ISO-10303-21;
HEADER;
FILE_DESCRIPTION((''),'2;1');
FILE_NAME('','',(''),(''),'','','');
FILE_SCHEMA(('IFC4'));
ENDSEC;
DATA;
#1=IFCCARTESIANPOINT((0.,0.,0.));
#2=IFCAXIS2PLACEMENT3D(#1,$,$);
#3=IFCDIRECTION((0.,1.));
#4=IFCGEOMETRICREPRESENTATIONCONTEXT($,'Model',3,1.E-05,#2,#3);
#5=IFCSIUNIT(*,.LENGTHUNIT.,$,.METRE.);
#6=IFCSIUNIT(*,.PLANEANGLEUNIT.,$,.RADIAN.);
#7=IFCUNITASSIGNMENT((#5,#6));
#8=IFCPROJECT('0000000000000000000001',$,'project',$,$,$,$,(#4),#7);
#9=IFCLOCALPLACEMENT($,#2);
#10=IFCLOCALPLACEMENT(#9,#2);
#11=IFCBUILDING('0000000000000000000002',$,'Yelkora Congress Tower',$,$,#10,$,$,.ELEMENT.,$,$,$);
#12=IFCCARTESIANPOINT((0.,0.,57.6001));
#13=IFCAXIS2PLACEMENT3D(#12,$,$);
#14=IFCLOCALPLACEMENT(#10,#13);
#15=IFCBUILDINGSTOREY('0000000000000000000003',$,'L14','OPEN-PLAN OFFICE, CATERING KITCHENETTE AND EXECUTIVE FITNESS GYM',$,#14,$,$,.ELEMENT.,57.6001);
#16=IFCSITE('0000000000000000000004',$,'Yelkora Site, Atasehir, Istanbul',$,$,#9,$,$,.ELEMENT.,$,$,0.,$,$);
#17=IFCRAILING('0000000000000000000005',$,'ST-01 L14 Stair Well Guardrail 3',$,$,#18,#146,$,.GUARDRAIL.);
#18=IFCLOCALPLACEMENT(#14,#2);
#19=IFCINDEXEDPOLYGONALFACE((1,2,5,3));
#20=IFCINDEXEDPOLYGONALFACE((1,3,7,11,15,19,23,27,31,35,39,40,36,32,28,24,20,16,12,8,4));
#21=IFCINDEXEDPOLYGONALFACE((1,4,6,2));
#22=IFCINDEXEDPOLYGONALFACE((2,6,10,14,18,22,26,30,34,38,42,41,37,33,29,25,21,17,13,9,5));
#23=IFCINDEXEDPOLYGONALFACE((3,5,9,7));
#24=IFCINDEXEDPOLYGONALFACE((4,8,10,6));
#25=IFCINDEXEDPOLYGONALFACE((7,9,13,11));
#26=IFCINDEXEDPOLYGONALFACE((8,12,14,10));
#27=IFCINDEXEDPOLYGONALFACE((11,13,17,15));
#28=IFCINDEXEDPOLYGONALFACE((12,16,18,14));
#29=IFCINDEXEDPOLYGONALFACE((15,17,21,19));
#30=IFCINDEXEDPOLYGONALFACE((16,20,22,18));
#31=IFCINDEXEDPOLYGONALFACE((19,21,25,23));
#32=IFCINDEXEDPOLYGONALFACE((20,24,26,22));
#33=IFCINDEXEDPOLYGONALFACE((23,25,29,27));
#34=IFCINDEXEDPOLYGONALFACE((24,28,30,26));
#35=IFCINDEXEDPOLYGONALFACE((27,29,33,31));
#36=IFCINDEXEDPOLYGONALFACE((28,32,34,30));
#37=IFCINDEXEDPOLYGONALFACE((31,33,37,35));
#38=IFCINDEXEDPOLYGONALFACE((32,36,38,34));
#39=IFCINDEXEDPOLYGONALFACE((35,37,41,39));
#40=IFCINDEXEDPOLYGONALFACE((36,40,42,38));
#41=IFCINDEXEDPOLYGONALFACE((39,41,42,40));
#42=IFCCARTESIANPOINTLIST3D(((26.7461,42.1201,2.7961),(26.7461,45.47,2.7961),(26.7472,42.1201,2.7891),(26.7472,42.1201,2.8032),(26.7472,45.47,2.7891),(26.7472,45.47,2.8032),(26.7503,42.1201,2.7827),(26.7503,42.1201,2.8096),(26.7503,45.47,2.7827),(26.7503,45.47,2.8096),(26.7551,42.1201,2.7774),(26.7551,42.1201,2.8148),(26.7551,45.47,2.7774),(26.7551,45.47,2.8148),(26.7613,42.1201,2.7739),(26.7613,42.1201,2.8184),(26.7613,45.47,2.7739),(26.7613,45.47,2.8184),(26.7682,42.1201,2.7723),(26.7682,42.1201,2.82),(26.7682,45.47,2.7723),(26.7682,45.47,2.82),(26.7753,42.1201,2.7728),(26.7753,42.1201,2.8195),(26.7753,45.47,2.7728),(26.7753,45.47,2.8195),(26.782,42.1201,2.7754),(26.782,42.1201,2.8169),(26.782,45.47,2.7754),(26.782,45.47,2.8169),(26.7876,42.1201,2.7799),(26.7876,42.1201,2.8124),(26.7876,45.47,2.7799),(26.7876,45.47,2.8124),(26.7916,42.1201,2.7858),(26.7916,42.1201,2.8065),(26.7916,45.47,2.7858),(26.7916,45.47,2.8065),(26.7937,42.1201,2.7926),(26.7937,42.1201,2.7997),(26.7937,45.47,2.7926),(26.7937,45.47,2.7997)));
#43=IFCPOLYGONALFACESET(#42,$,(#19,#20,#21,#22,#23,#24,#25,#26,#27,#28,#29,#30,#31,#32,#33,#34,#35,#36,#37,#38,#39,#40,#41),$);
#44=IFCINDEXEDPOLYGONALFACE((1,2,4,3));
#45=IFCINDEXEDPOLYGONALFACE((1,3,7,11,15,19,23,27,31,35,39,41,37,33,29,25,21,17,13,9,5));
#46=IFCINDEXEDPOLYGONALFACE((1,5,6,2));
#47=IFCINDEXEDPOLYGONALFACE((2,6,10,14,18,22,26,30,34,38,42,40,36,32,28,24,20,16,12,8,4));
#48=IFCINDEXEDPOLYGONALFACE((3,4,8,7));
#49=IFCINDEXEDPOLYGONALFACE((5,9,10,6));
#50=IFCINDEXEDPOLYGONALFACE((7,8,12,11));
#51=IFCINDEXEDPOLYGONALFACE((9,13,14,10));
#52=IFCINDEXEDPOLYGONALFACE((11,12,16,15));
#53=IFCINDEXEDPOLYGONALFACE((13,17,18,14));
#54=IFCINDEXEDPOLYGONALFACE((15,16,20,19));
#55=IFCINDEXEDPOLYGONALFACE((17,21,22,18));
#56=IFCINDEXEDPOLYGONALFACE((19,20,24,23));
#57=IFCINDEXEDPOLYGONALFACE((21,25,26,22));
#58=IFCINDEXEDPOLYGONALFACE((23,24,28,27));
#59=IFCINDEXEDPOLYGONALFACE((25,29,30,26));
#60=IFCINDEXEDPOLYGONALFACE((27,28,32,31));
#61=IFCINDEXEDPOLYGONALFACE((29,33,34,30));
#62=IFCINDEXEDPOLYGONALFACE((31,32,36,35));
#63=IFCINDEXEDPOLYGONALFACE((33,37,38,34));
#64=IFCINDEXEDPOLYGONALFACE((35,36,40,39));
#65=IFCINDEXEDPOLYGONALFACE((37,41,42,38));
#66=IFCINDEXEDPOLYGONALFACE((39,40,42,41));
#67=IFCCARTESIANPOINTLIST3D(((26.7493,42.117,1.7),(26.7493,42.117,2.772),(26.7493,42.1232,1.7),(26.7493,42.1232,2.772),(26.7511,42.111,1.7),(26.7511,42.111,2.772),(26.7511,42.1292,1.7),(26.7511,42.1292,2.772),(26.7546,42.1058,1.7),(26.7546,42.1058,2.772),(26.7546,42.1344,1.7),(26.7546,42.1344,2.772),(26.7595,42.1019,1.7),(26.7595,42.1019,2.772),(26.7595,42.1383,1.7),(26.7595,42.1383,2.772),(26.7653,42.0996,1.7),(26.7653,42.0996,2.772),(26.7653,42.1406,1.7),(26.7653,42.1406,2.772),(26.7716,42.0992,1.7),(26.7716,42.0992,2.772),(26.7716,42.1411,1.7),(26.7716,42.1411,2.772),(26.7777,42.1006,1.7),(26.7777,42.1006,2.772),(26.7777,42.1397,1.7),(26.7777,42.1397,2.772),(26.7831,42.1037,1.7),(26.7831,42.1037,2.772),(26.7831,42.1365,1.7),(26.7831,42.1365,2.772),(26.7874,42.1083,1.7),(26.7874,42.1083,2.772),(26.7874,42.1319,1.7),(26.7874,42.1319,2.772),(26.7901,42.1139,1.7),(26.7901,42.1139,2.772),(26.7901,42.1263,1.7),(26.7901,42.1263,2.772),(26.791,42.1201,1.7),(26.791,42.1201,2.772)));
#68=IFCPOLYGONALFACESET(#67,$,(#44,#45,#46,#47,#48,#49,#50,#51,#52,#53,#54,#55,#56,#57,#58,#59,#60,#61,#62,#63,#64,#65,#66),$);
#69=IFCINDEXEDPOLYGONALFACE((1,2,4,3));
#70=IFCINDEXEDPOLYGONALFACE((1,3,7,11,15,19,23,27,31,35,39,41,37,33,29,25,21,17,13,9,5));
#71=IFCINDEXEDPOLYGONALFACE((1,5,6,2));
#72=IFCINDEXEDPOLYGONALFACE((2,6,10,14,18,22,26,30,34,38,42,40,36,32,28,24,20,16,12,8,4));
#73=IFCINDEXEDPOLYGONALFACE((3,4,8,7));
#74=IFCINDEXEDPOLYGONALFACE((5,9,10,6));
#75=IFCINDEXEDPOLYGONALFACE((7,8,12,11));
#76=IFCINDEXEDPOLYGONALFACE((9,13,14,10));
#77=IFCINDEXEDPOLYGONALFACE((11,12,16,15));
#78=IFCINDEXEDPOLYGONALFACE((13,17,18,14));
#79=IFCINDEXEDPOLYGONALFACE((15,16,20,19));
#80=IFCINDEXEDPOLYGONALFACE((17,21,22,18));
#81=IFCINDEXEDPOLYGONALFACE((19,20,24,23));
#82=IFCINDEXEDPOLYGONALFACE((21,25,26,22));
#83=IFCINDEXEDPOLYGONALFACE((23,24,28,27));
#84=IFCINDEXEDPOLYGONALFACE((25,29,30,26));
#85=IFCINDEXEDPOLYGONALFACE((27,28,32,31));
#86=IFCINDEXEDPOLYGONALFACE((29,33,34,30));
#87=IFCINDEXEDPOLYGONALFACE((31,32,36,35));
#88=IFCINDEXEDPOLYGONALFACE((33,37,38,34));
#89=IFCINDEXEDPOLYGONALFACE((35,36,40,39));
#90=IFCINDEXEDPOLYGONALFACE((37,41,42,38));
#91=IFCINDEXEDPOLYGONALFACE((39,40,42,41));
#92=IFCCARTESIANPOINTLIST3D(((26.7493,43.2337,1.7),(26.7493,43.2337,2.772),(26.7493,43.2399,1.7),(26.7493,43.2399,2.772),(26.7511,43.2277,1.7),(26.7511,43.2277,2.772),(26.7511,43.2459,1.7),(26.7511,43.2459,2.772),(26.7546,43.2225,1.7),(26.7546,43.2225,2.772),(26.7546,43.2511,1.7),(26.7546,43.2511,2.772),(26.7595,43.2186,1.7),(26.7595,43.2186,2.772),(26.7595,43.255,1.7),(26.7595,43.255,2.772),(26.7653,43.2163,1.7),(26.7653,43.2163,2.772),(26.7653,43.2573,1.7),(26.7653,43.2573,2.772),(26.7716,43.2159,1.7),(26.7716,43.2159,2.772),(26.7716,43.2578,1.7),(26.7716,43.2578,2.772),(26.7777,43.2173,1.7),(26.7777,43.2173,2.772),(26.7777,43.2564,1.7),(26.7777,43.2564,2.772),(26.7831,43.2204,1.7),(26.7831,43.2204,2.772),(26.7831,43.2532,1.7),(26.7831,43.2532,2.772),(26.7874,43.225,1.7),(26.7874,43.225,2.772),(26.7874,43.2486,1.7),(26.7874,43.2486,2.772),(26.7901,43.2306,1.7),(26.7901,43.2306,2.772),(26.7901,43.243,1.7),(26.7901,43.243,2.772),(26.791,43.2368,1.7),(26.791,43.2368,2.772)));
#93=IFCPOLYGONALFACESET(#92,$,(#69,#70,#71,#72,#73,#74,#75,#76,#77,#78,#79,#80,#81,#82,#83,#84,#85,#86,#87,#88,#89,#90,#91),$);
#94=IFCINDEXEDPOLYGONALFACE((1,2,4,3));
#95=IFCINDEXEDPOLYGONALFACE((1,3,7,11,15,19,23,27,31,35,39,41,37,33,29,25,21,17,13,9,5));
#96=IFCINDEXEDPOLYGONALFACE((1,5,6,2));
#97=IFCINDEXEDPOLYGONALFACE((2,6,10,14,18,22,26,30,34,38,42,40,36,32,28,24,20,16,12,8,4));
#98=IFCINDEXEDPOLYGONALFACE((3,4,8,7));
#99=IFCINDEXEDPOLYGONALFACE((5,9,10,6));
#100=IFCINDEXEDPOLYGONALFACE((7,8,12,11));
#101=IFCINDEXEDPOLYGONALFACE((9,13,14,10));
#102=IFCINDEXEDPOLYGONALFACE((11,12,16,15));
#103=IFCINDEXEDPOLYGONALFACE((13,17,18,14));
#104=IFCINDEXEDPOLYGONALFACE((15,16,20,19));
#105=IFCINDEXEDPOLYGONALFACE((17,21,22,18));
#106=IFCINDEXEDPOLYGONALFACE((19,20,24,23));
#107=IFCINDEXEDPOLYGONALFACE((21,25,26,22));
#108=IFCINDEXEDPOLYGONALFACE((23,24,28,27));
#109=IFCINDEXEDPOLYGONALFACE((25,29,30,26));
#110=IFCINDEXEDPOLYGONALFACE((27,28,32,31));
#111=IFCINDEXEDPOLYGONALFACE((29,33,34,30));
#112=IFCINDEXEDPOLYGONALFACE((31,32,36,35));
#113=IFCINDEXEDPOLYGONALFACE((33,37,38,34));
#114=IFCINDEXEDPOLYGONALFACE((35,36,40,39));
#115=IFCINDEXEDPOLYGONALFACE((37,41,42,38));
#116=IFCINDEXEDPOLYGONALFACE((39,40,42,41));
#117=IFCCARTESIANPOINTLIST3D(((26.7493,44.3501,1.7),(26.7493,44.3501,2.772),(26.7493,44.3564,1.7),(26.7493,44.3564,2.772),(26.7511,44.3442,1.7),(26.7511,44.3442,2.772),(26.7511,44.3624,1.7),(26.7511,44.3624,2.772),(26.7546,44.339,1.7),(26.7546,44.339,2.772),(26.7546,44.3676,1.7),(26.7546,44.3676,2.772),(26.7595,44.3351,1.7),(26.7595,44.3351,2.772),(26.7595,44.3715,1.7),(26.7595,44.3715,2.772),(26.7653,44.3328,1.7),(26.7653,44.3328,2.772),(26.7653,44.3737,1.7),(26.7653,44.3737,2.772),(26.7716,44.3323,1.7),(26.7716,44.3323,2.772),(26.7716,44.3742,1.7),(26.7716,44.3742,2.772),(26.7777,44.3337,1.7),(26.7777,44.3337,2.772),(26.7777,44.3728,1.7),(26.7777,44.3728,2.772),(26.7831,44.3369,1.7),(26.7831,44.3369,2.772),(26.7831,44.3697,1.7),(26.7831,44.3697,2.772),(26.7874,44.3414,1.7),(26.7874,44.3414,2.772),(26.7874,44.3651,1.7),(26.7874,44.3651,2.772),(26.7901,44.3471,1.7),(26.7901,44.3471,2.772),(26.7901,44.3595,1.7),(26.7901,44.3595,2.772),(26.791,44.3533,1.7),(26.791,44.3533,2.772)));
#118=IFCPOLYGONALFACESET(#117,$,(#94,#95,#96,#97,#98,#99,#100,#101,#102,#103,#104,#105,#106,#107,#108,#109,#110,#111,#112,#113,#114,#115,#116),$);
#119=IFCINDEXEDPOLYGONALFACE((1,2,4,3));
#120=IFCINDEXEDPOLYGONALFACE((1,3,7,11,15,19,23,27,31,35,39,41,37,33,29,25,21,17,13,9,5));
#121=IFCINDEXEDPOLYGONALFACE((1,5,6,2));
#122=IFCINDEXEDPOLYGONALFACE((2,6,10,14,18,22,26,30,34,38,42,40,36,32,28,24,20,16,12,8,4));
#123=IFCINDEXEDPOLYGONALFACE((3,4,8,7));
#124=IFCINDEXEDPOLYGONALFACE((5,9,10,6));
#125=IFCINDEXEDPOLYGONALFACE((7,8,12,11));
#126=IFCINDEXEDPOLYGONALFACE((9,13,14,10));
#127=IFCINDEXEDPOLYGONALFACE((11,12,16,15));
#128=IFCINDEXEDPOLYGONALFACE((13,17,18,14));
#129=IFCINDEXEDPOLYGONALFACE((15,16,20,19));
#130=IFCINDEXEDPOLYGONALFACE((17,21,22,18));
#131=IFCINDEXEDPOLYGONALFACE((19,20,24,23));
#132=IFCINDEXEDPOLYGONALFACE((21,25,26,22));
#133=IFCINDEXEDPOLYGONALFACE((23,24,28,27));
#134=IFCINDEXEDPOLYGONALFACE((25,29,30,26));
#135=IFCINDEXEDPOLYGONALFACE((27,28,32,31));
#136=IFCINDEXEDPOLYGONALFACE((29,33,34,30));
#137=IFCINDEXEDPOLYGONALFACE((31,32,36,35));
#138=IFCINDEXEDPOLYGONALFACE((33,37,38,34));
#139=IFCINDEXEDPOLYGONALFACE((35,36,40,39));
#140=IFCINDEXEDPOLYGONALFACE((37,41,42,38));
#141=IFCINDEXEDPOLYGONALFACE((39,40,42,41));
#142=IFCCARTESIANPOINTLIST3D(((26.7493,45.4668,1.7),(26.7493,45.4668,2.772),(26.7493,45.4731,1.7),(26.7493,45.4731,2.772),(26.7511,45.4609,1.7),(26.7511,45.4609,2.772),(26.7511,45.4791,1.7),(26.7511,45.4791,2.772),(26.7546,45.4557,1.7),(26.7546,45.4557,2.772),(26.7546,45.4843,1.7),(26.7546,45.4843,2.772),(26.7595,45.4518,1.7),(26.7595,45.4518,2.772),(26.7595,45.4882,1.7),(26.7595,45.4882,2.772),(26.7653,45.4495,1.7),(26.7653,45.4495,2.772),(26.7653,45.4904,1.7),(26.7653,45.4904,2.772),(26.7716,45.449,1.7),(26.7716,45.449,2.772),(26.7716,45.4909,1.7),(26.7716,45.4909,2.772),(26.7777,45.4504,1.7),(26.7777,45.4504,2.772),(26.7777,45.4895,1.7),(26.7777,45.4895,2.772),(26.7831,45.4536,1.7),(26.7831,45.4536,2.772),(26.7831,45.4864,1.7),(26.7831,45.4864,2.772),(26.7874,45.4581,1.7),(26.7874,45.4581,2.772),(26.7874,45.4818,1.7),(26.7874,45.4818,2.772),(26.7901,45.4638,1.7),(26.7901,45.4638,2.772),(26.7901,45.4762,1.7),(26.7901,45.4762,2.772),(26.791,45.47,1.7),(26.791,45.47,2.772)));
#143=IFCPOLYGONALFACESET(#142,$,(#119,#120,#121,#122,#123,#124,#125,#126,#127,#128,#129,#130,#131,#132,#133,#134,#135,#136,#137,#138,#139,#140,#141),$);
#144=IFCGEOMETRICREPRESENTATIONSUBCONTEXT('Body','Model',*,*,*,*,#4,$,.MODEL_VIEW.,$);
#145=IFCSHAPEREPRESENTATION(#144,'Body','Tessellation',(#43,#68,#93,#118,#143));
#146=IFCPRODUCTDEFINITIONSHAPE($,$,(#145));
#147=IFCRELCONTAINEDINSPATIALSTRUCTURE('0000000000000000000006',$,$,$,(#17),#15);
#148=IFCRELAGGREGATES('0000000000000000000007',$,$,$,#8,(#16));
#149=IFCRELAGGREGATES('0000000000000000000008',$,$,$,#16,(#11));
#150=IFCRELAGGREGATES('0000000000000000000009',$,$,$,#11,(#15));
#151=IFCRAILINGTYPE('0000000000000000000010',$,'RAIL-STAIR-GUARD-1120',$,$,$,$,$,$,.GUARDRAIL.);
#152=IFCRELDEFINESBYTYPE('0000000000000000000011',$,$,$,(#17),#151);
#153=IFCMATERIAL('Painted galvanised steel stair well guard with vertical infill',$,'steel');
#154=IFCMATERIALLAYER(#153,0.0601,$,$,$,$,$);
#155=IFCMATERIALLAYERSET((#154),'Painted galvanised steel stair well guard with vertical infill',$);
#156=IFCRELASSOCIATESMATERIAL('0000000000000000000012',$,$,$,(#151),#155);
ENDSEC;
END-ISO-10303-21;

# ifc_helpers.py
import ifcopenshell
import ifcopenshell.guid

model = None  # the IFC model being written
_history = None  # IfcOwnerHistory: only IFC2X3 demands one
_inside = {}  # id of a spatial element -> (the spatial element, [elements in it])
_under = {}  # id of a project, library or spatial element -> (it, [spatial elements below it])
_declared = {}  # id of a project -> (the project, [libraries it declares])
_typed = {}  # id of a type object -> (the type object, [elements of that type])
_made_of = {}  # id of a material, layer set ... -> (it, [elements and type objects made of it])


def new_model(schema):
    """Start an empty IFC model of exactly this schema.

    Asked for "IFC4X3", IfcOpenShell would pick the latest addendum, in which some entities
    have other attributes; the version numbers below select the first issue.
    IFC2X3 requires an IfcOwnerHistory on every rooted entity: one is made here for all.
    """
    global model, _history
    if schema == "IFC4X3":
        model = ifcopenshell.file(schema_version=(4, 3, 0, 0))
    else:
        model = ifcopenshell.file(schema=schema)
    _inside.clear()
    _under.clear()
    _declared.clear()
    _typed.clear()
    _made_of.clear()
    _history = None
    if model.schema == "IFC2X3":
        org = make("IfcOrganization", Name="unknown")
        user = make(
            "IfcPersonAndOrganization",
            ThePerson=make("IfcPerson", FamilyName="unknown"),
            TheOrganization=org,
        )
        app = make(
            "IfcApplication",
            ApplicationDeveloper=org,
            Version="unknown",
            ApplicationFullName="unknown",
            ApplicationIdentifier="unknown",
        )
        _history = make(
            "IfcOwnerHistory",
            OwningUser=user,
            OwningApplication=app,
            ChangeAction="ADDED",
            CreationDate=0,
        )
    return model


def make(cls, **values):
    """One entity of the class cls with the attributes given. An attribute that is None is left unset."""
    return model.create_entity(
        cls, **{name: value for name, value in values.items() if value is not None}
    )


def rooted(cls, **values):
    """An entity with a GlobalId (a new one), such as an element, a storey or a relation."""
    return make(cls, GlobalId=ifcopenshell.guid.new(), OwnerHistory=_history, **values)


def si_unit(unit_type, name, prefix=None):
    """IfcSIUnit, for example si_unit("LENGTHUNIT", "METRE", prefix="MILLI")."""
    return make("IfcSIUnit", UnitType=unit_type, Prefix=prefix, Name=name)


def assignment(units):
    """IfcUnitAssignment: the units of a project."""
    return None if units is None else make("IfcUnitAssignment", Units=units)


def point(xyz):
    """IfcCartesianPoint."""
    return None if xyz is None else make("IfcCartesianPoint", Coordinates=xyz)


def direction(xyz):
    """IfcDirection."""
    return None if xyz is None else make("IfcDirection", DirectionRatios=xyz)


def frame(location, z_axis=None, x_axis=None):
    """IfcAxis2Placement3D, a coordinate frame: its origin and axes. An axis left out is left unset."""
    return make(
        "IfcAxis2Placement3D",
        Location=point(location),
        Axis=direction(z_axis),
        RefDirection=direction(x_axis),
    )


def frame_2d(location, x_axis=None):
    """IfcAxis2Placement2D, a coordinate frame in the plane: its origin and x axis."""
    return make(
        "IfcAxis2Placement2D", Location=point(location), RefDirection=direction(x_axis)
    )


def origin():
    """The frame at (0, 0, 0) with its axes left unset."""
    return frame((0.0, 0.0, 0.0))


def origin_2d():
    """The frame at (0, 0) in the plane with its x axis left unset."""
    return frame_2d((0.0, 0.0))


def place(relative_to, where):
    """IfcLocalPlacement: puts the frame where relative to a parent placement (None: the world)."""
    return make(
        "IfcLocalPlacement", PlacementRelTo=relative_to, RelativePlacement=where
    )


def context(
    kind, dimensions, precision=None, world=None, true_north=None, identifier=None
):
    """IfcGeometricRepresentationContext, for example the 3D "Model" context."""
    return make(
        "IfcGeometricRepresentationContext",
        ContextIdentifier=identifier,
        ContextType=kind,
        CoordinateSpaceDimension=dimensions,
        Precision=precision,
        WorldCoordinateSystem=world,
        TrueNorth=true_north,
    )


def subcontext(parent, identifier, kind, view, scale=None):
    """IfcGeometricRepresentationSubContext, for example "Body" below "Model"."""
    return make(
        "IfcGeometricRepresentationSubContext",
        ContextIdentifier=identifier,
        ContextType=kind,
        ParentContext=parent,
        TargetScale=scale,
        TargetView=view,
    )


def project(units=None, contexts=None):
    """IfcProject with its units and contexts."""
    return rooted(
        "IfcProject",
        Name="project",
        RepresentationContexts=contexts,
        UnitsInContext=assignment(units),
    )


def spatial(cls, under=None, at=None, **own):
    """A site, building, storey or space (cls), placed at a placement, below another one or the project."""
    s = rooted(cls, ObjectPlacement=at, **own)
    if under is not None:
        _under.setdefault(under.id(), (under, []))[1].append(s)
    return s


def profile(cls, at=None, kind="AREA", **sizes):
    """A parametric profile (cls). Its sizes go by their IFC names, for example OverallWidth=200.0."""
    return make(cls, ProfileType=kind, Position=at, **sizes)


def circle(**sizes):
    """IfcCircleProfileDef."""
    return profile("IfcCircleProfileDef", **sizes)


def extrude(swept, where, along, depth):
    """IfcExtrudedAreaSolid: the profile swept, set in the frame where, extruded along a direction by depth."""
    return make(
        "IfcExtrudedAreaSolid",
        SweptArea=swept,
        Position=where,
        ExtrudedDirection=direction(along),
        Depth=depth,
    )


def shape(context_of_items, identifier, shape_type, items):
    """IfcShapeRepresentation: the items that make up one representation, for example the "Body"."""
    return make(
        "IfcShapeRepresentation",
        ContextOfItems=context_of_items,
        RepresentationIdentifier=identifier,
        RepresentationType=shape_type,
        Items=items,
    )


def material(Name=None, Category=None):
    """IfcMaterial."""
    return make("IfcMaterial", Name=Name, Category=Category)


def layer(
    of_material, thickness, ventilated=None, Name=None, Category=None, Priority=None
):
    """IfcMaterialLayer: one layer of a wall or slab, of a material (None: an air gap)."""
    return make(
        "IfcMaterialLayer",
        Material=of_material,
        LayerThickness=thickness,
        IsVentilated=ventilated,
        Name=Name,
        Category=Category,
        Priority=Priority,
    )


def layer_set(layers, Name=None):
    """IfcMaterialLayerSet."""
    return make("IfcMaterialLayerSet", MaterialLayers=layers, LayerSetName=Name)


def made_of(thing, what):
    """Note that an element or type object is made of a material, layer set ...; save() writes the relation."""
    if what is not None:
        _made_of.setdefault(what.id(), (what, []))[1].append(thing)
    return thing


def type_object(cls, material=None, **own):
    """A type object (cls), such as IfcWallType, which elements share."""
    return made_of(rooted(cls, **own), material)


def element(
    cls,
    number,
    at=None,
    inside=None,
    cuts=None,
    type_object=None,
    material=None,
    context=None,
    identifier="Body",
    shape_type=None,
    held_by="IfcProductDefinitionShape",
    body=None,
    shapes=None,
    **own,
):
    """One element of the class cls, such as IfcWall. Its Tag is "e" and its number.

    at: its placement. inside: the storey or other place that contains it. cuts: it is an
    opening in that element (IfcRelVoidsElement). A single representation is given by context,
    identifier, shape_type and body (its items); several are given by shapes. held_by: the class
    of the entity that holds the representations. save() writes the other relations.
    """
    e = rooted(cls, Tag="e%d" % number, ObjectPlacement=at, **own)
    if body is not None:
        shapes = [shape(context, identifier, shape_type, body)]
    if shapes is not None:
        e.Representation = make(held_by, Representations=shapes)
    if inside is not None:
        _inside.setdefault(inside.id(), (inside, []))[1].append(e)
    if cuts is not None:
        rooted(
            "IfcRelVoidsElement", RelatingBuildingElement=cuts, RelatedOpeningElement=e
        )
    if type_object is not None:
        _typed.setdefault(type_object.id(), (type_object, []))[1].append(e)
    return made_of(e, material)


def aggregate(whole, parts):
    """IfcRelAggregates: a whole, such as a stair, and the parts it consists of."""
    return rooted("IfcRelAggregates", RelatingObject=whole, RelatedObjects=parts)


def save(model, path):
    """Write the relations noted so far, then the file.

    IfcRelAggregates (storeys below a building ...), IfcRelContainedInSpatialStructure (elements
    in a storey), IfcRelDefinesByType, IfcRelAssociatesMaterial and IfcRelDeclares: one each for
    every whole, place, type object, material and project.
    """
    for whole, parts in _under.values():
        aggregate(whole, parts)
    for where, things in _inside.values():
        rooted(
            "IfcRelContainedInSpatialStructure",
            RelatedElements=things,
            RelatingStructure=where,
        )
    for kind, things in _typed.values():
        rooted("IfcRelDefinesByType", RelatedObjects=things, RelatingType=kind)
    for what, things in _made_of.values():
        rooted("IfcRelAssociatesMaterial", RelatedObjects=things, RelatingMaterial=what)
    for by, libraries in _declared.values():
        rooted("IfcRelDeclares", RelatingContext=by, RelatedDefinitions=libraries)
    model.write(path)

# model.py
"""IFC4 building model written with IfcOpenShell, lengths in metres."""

from ifc_helpers import new_model, si_unit, direction, frame, origin, origin_2d, place, context, subcontext, project, spatial, circle, extrude, material, layer, layer_set, type_object, element, save


model = new_model("IFC4")

# Units and contexts
model_context = context("Model", 3, precision=1e-05, world=origin(), true_north=direction((0.0, 1.0)))
body_context = subcontext(model_context, "Body", "Model", "MODEL_VIEW")
ifc_project = project(units=[si_unit("LENGTHUNIT", "METRE"), si_unit("PLANEANGLEUNIT", "RADIAN")], contexts=[model_context])

# Site, building, storey
site_placement = place(None, origin())
site = spatial("IfcSite", under=ifc_project, at=site_placement, Name="Yelkora Site, Atasehir, Istanbul", CompositionType="ELEMENT", RefElevation=0.0)
building_placement = place(site_placement, origin())
building = spatial("IfcBuilding", under=site, at=building_placement, Name="Yelkora Congress Tower", CompositionType="ELEMENT")
storey_placement = place(building_placement, frame((0.0, 0.0, 57.6001)))
storey = spatial("IfcBuildingStorey", under=building, at=storey_placement, Name="L14", Description="OPEN-PLAN OFFICE, CATERING KITCHENETTE AND EXECUTIVE FITNESS GYM", CompositionType="ELEMENT", Elevation=57.6001)

# Railing
ifc_material_1 = material(Name="Painted galvanised steel stair well guard with vertical infill", Category="steel")
ifc_layer_1 = layer(ifc_material_1, 0.0601)
ifc_layer_set_1 = layer_set([ifc_layer_1], Name="Painted galvanised steel stair well guard with vertical infill")
railing_type_1 = type_object("IfcRailingType", Name="RAIL-STAIR-GUARD-1120", PredefinedType="GUARDRAIL", material=ifc_layer_set_1)
for number, where, name in (
    (1, (26.77, 42.1201, 1.7), "ST-01 L14 Stair Well Guardrail 3"),
):
    element("IfcRailing", number, at=place(storey_placement, frame(where)), inside=storey, type_object=railing_type_1, Name=name, PredefinedType="GUARDRAIL", context=body_context, shape_type="SweptSolid", body=[
        extrude(circle(Radius=0.0239, at=origin_2d()), frame((0.0, 0.0, 1.0962), z_axis=(0.0, 1.0, 0.0), x_axis=(-1.0, 0.0, 0.0)), (0.0, 0.0, 1.0), 3.3499),
        extrude(circle(Radius=0.021, at=origin_2d()), origin(), (0.0, 0.0, 1.0), 1.072),
        extrude(circle(Radius=0.021, at=origin_2d()), frame((0.0, 1.1167, 0.0)), (0.0, 0.0, 1.0), 1.072),
        extrude(circle(Radius=0.021, at=origin_2d()), frame((0.0, 2.2332, 0.0)), (0.0, 0.0, 1.0), 1.072),
        extrude(circle(Radius=0.021, at=origin_2d()), frame((0.0, 3.3499, 0.0)), (0.0, 0.0, 1.0), 1.072),
    ])

save(model, "model.ifc")
